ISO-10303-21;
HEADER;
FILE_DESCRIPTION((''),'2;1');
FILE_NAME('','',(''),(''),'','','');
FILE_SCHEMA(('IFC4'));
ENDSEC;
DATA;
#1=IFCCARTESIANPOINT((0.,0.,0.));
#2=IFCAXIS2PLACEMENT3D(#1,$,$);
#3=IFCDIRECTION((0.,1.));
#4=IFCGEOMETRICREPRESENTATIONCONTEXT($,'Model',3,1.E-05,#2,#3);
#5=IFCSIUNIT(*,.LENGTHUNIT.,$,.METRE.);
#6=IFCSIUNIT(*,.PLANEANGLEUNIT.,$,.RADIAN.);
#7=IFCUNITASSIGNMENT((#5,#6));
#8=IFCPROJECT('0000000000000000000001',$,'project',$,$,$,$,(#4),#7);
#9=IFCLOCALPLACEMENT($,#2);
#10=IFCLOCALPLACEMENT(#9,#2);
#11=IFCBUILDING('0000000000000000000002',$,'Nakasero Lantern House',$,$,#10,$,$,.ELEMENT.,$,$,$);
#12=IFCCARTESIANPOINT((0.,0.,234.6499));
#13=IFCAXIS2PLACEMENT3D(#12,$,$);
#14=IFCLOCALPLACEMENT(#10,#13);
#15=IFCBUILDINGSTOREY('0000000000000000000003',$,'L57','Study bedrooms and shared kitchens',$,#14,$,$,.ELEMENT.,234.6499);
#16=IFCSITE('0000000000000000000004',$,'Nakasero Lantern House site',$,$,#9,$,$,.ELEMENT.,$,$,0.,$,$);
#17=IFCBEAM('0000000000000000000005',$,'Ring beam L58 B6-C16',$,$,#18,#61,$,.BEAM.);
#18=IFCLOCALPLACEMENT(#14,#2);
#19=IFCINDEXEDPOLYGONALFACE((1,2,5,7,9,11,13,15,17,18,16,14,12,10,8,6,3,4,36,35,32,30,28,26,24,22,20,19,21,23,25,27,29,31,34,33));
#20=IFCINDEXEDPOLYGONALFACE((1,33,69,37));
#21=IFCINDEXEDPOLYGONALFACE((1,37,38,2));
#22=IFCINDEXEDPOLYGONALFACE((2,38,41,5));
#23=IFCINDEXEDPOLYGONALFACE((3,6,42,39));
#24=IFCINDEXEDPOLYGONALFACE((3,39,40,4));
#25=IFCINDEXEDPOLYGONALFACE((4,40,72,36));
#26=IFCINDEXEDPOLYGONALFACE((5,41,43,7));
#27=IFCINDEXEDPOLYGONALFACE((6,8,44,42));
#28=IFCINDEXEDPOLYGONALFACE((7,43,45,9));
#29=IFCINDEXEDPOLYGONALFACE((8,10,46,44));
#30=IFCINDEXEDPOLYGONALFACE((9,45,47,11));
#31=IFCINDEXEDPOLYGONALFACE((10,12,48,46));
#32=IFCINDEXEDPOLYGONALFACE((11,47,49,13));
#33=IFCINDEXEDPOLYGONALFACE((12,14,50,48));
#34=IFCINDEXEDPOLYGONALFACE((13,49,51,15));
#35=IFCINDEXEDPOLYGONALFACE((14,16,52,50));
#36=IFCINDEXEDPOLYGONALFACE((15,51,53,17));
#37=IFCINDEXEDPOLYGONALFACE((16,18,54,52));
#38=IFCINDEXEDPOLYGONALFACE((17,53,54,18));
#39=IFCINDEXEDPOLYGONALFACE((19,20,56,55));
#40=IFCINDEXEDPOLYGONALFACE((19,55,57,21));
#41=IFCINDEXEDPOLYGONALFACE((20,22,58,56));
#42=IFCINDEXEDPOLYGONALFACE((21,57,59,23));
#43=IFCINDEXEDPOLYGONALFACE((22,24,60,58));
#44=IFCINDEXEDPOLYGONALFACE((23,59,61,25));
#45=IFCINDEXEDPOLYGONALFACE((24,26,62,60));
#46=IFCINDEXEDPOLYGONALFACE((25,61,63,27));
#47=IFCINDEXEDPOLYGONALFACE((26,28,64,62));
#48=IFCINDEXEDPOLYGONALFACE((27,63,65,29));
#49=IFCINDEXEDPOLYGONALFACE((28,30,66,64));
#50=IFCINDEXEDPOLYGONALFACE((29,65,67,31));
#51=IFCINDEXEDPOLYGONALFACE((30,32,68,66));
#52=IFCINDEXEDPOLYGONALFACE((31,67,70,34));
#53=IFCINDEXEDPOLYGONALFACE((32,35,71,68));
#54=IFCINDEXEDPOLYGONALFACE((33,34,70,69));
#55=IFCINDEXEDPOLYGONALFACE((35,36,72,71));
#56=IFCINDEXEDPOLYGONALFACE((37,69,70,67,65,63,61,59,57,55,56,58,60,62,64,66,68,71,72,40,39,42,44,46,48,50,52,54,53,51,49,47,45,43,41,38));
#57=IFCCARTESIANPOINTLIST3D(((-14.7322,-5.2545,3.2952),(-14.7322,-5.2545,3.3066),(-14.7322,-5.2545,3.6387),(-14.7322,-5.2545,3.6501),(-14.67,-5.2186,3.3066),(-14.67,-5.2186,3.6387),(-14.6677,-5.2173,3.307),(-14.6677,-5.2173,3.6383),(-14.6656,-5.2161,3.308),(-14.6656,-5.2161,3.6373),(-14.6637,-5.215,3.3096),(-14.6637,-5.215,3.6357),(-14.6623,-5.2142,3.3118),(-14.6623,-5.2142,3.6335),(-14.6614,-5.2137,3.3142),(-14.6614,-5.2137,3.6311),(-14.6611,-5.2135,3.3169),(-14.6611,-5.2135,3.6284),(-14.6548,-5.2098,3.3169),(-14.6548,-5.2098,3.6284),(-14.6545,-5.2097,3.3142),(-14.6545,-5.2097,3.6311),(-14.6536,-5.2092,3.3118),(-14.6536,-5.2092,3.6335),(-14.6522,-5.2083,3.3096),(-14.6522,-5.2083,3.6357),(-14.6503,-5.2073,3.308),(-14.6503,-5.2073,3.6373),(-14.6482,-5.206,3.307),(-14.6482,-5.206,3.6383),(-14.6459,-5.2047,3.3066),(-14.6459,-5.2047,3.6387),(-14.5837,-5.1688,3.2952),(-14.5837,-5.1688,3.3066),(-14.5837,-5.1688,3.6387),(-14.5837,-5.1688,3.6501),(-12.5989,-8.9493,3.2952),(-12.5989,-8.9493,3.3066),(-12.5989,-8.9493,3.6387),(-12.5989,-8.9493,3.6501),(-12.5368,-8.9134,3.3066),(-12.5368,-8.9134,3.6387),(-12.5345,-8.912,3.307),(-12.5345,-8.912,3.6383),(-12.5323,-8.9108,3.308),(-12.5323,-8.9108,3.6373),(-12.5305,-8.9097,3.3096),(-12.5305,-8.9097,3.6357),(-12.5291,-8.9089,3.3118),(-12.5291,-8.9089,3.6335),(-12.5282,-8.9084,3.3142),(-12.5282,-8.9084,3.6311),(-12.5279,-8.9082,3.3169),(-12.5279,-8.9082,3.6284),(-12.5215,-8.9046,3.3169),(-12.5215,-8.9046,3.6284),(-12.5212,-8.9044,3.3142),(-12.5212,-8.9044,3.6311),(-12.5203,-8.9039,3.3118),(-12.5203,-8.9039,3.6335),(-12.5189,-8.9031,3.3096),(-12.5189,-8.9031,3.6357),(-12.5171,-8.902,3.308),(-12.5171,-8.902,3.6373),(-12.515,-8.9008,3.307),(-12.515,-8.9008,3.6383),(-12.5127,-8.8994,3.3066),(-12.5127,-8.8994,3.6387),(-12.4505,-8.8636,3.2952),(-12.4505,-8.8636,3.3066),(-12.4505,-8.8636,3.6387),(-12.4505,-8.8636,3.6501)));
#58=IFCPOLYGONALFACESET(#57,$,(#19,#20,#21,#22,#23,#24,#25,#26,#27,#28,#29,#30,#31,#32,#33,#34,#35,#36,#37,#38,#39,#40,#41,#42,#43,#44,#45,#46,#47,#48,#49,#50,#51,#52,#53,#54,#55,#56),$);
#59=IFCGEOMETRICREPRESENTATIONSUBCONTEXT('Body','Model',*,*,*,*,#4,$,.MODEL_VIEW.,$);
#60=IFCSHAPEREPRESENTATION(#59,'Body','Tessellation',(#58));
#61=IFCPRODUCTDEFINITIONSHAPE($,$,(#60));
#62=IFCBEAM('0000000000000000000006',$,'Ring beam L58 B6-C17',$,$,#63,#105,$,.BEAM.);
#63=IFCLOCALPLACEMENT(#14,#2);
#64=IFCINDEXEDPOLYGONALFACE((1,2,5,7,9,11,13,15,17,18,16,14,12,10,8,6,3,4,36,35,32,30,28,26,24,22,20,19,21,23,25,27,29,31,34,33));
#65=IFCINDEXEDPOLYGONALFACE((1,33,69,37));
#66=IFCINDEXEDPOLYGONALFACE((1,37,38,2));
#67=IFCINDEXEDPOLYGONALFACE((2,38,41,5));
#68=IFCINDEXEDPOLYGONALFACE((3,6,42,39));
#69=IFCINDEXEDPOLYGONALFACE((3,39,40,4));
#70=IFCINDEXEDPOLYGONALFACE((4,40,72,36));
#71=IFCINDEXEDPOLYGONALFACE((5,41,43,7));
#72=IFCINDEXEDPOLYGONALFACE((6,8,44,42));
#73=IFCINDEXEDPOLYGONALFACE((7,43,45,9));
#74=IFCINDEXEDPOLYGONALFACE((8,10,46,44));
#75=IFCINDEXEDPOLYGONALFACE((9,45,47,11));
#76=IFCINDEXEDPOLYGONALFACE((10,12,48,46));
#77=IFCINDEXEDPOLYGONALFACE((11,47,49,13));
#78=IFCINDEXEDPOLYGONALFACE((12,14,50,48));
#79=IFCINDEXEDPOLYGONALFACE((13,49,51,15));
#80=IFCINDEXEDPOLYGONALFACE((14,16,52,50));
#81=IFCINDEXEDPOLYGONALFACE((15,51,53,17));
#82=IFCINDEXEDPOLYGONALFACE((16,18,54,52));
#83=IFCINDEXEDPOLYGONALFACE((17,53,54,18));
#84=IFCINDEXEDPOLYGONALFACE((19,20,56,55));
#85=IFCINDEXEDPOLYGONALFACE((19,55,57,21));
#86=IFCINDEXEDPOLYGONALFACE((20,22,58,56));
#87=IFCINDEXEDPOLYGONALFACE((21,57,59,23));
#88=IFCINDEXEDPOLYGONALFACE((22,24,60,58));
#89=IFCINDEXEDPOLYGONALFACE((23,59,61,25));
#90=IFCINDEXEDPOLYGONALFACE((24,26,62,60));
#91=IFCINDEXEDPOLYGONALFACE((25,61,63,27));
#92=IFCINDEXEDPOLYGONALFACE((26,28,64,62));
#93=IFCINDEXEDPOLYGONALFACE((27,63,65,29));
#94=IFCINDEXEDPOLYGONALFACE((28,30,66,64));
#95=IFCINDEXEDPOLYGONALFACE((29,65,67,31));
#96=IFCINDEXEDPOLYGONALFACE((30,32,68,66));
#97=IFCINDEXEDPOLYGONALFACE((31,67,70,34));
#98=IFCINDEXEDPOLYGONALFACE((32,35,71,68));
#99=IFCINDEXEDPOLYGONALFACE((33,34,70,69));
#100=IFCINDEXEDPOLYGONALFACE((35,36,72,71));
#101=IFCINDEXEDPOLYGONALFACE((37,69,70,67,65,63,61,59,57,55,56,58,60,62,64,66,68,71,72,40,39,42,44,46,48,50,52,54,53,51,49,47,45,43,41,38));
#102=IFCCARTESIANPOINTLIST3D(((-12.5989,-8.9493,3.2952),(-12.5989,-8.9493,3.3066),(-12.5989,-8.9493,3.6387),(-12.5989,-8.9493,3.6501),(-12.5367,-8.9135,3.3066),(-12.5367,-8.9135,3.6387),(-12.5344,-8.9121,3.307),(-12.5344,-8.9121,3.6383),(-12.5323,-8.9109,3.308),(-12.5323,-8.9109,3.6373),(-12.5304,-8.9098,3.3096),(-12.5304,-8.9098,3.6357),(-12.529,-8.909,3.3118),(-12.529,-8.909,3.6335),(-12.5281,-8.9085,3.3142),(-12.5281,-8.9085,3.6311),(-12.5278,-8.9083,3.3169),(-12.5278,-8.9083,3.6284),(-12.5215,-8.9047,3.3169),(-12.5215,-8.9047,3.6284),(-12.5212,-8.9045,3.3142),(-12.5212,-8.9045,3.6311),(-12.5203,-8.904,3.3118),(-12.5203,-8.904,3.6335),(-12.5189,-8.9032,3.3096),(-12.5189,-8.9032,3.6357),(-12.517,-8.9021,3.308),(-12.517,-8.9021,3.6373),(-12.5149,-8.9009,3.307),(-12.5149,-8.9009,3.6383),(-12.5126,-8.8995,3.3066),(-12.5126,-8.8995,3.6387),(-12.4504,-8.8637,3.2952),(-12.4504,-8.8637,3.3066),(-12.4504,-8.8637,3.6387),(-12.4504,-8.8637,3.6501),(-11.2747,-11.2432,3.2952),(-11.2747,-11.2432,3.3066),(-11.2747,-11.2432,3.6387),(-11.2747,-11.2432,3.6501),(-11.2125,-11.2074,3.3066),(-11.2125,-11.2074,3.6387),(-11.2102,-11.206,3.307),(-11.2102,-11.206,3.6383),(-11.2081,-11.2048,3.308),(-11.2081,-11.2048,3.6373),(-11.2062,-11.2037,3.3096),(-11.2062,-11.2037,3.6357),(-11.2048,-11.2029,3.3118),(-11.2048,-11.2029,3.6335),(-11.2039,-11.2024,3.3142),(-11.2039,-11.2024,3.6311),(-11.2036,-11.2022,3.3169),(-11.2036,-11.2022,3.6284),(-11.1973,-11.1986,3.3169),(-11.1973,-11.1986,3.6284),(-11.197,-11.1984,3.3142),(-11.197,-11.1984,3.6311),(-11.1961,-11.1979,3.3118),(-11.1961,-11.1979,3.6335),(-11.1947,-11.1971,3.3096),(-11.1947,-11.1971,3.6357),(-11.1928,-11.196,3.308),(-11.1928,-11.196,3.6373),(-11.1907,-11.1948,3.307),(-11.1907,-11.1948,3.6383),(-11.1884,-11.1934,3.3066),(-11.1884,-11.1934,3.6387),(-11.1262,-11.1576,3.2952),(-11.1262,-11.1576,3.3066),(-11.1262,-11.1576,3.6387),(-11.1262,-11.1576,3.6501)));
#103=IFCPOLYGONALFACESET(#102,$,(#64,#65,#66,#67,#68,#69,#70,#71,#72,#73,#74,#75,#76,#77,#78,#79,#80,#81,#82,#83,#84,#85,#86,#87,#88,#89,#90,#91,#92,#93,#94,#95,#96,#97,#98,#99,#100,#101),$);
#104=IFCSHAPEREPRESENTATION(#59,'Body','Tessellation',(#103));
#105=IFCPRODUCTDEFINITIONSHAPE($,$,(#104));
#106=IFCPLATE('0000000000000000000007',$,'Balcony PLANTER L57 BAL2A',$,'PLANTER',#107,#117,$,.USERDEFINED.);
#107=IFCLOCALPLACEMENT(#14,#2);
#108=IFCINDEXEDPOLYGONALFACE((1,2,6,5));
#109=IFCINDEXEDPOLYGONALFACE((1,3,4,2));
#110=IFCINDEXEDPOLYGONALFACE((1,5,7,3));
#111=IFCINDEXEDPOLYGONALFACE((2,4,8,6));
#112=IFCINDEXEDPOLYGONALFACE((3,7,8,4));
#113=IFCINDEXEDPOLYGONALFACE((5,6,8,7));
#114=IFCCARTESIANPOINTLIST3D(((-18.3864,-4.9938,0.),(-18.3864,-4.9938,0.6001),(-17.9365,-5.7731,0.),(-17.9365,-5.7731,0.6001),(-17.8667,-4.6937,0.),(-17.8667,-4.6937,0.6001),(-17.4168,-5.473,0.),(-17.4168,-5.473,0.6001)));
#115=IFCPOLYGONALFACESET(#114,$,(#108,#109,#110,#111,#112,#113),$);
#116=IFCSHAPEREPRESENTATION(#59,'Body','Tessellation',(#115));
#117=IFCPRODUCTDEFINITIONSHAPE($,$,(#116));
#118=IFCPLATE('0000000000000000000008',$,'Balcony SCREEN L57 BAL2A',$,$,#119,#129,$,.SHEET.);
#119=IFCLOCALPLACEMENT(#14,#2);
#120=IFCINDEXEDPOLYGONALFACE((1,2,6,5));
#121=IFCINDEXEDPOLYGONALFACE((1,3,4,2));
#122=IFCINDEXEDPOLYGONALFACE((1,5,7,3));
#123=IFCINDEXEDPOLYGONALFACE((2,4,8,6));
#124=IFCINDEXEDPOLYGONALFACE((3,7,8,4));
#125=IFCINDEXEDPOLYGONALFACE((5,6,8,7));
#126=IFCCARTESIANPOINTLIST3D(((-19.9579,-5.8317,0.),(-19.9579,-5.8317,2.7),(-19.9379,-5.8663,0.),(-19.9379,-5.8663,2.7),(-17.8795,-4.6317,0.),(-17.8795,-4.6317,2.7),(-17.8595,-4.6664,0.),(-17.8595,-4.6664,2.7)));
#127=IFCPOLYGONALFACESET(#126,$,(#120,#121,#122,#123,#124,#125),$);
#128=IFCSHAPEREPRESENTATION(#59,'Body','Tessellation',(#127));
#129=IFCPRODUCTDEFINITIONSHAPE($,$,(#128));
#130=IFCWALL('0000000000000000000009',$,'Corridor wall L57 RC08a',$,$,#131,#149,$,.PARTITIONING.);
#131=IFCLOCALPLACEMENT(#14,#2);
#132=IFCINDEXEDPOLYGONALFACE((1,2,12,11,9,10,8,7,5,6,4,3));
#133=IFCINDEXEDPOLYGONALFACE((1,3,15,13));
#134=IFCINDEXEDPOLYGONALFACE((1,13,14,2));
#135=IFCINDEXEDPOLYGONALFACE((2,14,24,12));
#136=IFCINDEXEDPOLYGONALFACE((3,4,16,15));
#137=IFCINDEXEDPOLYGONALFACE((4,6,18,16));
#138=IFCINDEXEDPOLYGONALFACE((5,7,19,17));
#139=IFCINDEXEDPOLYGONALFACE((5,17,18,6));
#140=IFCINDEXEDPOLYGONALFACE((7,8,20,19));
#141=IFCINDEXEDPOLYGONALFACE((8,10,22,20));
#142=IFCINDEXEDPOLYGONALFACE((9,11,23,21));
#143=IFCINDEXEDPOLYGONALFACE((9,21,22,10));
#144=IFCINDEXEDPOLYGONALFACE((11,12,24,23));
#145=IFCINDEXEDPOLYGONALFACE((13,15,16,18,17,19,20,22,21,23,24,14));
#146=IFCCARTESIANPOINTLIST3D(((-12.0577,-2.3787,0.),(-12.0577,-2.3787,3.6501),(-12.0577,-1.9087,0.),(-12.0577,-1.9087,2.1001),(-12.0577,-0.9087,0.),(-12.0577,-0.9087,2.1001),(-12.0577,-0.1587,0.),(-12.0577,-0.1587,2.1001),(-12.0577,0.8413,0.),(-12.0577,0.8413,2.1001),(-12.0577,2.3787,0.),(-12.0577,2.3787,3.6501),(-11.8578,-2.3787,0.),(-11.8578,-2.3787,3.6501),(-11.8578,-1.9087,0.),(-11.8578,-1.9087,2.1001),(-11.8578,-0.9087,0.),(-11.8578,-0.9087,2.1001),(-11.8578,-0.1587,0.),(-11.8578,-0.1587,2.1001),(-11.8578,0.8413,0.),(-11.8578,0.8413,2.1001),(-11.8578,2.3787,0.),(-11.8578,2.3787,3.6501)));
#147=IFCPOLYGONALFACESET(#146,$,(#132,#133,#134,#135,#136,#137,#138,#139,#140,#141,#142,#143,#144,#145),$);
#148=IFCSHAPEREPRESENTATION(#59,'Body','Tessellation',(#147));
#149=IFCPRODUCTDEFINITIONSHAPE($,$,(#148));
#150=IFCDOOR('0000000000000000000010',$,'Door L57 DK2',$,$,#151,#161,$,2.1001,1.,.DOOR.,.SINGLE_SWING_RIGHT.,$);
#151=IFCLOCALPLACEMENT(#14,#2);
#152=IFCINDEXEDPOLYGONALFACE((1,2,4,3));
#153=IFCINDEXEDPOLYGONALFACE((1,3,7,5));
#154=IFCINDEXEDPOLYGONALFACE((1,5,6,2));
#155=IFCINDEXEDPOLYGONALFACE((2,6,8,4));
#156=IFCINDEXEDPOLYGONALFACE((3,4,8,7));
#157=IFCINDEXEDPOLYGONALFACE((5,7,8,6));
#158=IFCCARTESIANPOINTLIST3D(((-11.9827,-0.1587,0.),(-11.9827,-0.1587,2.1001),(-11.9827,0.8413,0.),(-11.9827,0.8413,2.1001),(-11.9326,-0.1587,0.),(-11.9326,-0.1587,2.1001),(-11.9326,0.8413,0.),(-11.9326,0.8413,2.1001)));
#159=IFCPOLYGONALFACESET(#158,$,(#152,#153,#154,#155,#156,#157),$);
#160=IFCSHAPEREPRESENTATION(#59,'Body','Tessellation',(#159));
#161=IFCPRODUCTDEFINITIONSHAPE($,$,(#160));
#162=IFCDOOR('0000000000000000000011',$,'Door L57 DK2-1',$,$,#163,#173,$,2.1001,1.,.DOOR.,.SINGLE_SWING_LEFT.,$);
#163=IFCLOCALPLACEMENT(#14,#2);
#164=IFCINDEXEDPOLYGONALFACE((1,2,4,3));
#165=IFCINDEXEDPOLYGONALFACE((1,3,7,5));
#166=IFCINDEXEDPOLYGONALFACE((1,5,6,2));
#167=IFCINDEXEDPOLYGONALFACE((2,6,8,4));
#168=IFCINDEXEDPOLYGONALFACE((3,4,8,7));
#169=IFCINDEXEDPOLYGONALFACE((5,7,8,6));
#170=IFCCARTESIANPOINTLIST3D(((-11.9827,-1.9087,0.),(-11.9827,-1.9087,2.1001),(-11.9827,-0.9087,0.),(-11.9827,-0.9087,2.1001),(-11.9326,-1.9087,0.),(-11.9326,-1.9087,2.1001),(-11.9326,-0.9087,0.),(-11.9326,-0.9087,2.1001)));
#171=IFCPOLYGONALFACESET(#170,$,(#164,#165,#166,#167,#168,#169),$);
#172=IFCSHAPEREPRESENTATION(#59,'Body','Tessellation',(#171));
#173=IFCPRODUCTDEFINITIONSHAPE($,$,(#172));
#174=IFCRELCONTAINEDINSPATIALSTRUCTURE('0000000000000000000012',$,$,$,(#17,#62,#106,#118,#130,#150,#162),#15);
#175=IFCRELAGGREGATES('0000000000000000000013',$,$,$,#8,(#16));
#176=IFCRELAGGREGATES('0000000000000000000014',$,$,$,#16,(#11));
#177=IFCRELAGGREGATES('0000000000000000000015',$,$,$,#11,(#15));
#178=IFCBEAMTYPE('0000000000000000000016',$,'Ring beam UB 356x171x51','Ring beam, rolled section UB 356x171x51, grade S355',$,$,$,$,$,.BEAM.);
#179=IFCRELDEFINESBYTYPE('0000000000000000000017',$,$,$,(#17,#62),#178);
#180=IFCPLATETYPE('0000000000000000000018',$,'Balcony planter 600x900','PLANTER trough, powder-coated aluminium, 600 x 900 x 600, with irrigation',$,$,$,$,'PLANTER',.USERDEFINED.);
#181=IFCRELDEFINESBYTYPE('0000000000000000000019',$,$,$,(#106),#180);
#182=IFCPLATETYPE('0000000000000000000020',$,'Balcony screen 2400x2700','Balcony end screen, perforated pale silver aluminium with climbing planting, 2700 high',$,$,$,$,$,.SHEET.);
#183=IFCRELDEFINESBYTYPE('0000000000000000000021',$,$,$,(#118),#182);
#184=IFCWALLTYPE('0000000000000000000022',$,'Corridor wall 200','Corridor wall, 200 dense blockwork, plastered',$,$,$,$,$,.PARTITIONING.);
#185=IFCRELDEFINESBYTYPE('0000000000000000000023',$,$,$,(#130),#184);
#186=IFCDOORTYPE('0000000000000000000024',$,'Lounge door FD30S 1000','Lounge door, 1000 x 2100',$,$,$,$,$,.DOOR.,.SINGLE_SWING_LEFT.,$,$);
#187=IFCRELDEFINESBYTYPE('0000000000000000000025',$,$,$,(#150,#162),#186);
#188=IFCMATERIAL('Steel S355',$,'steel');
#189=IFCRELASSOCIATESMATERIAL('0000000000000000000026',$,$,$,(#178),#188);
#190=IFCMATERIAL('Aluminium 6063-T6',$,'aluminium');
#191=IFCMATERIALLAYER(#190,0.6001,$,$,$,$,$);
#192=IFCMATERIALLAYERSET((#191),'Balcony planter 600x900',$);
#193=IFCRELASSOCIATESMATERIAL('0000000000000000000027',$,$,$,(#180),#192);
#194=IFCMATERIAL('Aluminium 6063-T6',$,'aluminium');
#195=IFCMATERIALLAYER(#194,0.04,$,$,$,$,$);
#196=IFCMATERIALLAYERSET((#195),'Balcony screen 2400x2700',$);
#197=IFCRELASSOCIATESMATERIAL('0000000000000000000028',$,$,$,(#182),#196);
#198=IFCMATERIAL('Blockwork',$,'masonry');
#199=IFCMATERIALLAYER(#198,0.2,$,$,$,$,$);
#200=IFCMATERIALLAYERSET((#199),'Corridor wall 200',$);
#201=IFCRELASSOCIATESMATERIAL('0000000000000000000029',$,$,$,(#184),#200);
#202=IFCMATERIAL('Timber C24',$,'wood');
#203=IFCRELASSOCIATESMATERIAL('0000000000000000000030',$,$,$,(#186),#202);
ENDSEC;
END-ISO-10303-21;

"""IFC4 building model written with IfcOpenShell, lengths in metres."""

from ifc_helpers import new_model, si_unit, direction, frame, frame_2d, origin, origin_2d, place, context, subcontext, project, spatial, rectangle, i_section, extrude, material, layer, layer_set, material_profile, profile_set, type_object, element, fill, save


model = new_model("IFC4")

# Units and contexts
model_context = context("Model", 3, precision=1e-05, world=origin(), true_north=direction((0.0, 1.0)))
body_context = subcontext(model_context, "Body", "Model", "MODEL_VIEW")
ifc_project = project(units=[si_unit("LENGTHUNIT", "METRE"), si_unit("PLANEANGLEUNIT", "RADIAN")], contexts=[model_context])

# Site, building, storey
site_placement = place(None, origin())
site = spatial("IfcSite", under=ifc_project, at=site_placement, Name="Nakasero Lantern House site", CompositionType="ELEMENT", RefElevation=0.0)
building_placement = place(site_placement, origin())
building = spatial("IfcBuilding", under=site, at=building_placement, Name="Nakasero Lantern House", CompositionType="ELEMENT")
storey_placement = place(building_placement, frame((0.0, 0.0, 234.6499)))
storey = spatial("IfcBuildingStorey", under=building, at=storey_placement, Name="L57", Description="Study bedrooms and shared kitchens", CompositionType="ELEMENT", Elevation=234.6499)

# Beams
ifc_material_1 = material(Name="Steel S355", Category="steel")
ifc_material_profile_1 = material_profile(ifc_material_1, i_section(OverallWidth=0.1714, OverallDepth=0.355, WebThickness=0.0073, FlangeThickness=0.0115, FilletRadius=0.0103, at=origin_2d()), Name="UB 356x171x51")
ifc_profile_set_1 = profile_set([ifc_material_profile_1], Name="Steel S355")
beam_type_1 = type_object("IfcBeamType", Name="Ring beam UB 356x171x51", Description="Ring beam, rolled section UB 356x171x51, grade S355", PredefinedType="BEAM", material=ifc_profile_set_1)
beam_1_placement = place(storey_placement, frame((-14.658, -5.2117, 3.4727), z_axis=(0.500016, -0.866016, 0.0), x_axis=(0.866016, 0.500016, 0.0)))
element("IfcBeam", 1, at=beam_1_placement, inside=storey, type_object=beam_type_1, Name="Ring beam L58 B6-C16", PredefinedType="BEAM", context=body_context, shape_type="SweptSolid", body=[
    extrude(i_section(OverallWidth=0.1714, OverallDepth=0.355, WebThickness=0.0073, FlangeThickness=0.0115, FilletRadius=0.0103, at=origin_2d()), origin(), (0.0, 0.0, 1.0), 4.2664),
])
beam_2_placement = place(storey_placement, frame((-12.5247, -8.9065, 3.4727), z_axis=(0.499946, -0.866057, 0.0), x_axis=(0.866057, 0.499946, 0.0)))
element("IfcBeam", 2, at=beam_2_placement, inside=storey, type_object=beam_type_1, Name="Ring beam L58 B6-C17", PredefinedType="BEAM", context=body_context, shape_type="SweptSolid", body=[
    extrude(i_section(OverallWidth=0.1714, OverallDepth=0.355, WebThickness=0.0073, FlangeThickness=0.0115, FilletRadius=0.0103, at=origin_2d()), origin(), (0.0, 0.0, 1.0), 2.6487),
])

# Plates
ifc_material_2 = material(Name="Aluminium 6063-T6", Category="aluminium")
ifc_layer_1 = layer(ifc_material_2, 0.6001)
ifc_layer_set_1 = layer_set([ifc_layer_1], Name="Balcony planter 600x900")
plate_type_1 = type_object("IfcPlateType", Name="Balcony planter 600x900", Description="PLANTER trough, powder-coated aluminium, 600 x 900 x 600, with irrigation", ElementType="PLANTER", PredefinedType="USERDEFINED", material=ifc_layer_set_1)
plate_1_placement = place(storey_placement, frame((-17.9016, -5.2334, 0.0), z_axis=(0.0, 0.0, 1.0), x_axis=(-0.866025, -0.5, 0.0)))
element("IfcPlate", 3, at=plate_1_placement, inside=storey, type_object=plate_type_1, Name="Balcony PLANTER L57 BAL2A", ObjectType="PLANTER", PredefinedType="USERDEFINED", context=body_context, shape_type="SweptSolid", body=[
    extrude(rectangle(XDim=0.6001, YDim=0.8999, at=origin_2d()), origin(), (0.0, 0.0, 1.0), 0.6001),
])
ifc_material_3 = material(Name="Aluminium 6063-T6", Category="aluminium")
ifc_layer_2 = layer(ifc_material_3, 0.04)
ifc_layer_set_2 = layer_set([ifc_layer_2], Name="Balcony screen 2400x2700")
plate_type_2 = type_object("IfcPlateType", Name="Balcony screen 2400x2700", Description="Balcony end screen, perforated pale silver aluminium with climbing planting, 2700 high", PredefinedType="SHEET", material=ifc_layer_set_2)
plate_2_placement = place(storey_placement, frame((-18.9087, -5.249, 0.0), z_axis=(0.0, 0.0, 1.0), x_axis=(-0.866025, -0.5, 0.0)))
element("IfcPlate", 4, at=plate_2_placement, inside=storey, type_object=plate_type_2, Name="Balcony SCREEN L57 BAL2A", PredefinedType="SHEET", context=body_context, shape_type="SweptSolid", body=[
    extrude(rectangle(XDim=2.3999, YDim=0.04, at=origin_2d()), origin(), (0.0, 0.0, 1.0), 2.7),
])

# Wall, openings, doors
ifc_material_4 = material(Name="Blockwork", Category="masonry")
ifc_layer_3 = layer(ifc_material_4, 0.2)
ifc_layer_set_3 = layer_set([ifc_layer_3], Name="Corridor wall 200")
wall_type_1 = type_object("IfcWallType", Name="Corridor wall 200", Description="Corridor wall, 200 dense blockwork, plastered", PredefinedType="PARTITIONING", material=ifc_layer_set_3)
wall_1_placement = place(storey_placement, frame((-11.9578, -2.3787, 0.0), z_axis=(0.0, 0.0, 1.0), x_axis=(0.0, 1.0, 0.0)))
wall_1 = element("IfcWall", 5, at=wall_1_placement, inside=storey, type_object=wall_type_1, Name="Corridor wall L57 RC08a", PredefinedType="PARTITIONING", context=body_context, shape_type="SweptSolid", body=[
    extrude(rectangle(XDim=4.7573, YDim=0.2, at=frame_2d((2.3787, 0.0))), origin(), (0.0, 0.0, 1.0), 3.6501),
])
opening_1_placement = place(wall_1_placement, frame((2.22, 0.0, 0.0)))
opening_1 = element("IfcOpeningElement", 6, at=opening_1_placement, cuts=wall_1, PredefinedType="OPENING", context=body_context, shape_type="SweptSolid", body=[
    extrude(rectangle(XDim=1.0, YDim=2.1001, at=frame_2d((0.5, 1.05))), frame((0.0, 0.1199, 0.0), z_axis=(0.0, -1.0, 0.0), x_axis=(1.0, 0.0, 0.0)), (0.0, 0.0, 1.0), 0.24),
])
opening_2_placement = place(wall_1_placement, frame((0.47, 0.0, 0.0)))
opening_2 = element("IfcOpeningElement", 7, at=opening_2_placement, cuts=wall_1, PredefinedType="OPENING", context=body_context, shape_type="SweptSolid", body=[
    extrude(rectangle(XDim=1.0, YDim=2.1001, at=frame_2d((0.5, 1.05))), frame((0.0, 0.1199, 0.0), z_axis=(0.0, -1.0, 0.0), x_axis=(1.0, 0.0, 0.0)), (0.0, 0.0, 1.0), 0.24),
])
ifc_material_5 = material(Name="Timber C24", Category="wood")
door_type_1 = type_object("IfcDoorType", Name="Lounge door FD30S 1000", Description="Lounge door, 1000 x 2100", OperationType="SINGLE_SWING_LEFT", PredefinedType="DOOR", material=ifc_material_5)
door_1_placement = place(opening_1_placement, origin())
door_1 = element("IfcDoor", 8, at=door_1_placement, inside=storey, type_object=door_type_1, Name="Door L57 DK2", OperationType="SINGLE_SWING_RIGHT", OverallHeight=2.1001, OverallWidth=1.0, PredefinedType="DOOR", context=body_context, shape_type="SweptSolid", body=[
    extrude(rectangle(XDim=1.0, YDim=2.1001, at=frame_2d((0.5, 1.05))), frame((0.0, 0.0249, 0.0), z_axis=(0.0, -1.0, 0.0), x_axis=(1.0, 0.0, 0.0)), (0.0, 0.0, 1.0), 0.05),
])
fill(opening_1, door_1)
door_2_placement = place(opening_2_placement, origin())
door_2 = element("IfcDoor", 9, at=door_2_placement, inside=storey, type_object=door_type_1, Name="Door L57 DK2-1", OperationType="SINGLE_SWING_LEFT", OverallHeight=2.1001, OverallWidth=1.0, PredefinedType="DOOR", context=body_context, shape_type="SweptSolid", body=[
    extrude(rectangle(XDim=1.0, YDim=2.1001, at=frame_2d((0.5, 1.05))), frame((0.0, 0.0249, 0.0), z_axis=(0.0, -1.0, 0.0), x_axis=(1.0, 0.0, 0.0)), (0.0, 0.0, 1.0), 0.05),
])
fill(opening_2, door_2)

save(model, "model.ifc")
